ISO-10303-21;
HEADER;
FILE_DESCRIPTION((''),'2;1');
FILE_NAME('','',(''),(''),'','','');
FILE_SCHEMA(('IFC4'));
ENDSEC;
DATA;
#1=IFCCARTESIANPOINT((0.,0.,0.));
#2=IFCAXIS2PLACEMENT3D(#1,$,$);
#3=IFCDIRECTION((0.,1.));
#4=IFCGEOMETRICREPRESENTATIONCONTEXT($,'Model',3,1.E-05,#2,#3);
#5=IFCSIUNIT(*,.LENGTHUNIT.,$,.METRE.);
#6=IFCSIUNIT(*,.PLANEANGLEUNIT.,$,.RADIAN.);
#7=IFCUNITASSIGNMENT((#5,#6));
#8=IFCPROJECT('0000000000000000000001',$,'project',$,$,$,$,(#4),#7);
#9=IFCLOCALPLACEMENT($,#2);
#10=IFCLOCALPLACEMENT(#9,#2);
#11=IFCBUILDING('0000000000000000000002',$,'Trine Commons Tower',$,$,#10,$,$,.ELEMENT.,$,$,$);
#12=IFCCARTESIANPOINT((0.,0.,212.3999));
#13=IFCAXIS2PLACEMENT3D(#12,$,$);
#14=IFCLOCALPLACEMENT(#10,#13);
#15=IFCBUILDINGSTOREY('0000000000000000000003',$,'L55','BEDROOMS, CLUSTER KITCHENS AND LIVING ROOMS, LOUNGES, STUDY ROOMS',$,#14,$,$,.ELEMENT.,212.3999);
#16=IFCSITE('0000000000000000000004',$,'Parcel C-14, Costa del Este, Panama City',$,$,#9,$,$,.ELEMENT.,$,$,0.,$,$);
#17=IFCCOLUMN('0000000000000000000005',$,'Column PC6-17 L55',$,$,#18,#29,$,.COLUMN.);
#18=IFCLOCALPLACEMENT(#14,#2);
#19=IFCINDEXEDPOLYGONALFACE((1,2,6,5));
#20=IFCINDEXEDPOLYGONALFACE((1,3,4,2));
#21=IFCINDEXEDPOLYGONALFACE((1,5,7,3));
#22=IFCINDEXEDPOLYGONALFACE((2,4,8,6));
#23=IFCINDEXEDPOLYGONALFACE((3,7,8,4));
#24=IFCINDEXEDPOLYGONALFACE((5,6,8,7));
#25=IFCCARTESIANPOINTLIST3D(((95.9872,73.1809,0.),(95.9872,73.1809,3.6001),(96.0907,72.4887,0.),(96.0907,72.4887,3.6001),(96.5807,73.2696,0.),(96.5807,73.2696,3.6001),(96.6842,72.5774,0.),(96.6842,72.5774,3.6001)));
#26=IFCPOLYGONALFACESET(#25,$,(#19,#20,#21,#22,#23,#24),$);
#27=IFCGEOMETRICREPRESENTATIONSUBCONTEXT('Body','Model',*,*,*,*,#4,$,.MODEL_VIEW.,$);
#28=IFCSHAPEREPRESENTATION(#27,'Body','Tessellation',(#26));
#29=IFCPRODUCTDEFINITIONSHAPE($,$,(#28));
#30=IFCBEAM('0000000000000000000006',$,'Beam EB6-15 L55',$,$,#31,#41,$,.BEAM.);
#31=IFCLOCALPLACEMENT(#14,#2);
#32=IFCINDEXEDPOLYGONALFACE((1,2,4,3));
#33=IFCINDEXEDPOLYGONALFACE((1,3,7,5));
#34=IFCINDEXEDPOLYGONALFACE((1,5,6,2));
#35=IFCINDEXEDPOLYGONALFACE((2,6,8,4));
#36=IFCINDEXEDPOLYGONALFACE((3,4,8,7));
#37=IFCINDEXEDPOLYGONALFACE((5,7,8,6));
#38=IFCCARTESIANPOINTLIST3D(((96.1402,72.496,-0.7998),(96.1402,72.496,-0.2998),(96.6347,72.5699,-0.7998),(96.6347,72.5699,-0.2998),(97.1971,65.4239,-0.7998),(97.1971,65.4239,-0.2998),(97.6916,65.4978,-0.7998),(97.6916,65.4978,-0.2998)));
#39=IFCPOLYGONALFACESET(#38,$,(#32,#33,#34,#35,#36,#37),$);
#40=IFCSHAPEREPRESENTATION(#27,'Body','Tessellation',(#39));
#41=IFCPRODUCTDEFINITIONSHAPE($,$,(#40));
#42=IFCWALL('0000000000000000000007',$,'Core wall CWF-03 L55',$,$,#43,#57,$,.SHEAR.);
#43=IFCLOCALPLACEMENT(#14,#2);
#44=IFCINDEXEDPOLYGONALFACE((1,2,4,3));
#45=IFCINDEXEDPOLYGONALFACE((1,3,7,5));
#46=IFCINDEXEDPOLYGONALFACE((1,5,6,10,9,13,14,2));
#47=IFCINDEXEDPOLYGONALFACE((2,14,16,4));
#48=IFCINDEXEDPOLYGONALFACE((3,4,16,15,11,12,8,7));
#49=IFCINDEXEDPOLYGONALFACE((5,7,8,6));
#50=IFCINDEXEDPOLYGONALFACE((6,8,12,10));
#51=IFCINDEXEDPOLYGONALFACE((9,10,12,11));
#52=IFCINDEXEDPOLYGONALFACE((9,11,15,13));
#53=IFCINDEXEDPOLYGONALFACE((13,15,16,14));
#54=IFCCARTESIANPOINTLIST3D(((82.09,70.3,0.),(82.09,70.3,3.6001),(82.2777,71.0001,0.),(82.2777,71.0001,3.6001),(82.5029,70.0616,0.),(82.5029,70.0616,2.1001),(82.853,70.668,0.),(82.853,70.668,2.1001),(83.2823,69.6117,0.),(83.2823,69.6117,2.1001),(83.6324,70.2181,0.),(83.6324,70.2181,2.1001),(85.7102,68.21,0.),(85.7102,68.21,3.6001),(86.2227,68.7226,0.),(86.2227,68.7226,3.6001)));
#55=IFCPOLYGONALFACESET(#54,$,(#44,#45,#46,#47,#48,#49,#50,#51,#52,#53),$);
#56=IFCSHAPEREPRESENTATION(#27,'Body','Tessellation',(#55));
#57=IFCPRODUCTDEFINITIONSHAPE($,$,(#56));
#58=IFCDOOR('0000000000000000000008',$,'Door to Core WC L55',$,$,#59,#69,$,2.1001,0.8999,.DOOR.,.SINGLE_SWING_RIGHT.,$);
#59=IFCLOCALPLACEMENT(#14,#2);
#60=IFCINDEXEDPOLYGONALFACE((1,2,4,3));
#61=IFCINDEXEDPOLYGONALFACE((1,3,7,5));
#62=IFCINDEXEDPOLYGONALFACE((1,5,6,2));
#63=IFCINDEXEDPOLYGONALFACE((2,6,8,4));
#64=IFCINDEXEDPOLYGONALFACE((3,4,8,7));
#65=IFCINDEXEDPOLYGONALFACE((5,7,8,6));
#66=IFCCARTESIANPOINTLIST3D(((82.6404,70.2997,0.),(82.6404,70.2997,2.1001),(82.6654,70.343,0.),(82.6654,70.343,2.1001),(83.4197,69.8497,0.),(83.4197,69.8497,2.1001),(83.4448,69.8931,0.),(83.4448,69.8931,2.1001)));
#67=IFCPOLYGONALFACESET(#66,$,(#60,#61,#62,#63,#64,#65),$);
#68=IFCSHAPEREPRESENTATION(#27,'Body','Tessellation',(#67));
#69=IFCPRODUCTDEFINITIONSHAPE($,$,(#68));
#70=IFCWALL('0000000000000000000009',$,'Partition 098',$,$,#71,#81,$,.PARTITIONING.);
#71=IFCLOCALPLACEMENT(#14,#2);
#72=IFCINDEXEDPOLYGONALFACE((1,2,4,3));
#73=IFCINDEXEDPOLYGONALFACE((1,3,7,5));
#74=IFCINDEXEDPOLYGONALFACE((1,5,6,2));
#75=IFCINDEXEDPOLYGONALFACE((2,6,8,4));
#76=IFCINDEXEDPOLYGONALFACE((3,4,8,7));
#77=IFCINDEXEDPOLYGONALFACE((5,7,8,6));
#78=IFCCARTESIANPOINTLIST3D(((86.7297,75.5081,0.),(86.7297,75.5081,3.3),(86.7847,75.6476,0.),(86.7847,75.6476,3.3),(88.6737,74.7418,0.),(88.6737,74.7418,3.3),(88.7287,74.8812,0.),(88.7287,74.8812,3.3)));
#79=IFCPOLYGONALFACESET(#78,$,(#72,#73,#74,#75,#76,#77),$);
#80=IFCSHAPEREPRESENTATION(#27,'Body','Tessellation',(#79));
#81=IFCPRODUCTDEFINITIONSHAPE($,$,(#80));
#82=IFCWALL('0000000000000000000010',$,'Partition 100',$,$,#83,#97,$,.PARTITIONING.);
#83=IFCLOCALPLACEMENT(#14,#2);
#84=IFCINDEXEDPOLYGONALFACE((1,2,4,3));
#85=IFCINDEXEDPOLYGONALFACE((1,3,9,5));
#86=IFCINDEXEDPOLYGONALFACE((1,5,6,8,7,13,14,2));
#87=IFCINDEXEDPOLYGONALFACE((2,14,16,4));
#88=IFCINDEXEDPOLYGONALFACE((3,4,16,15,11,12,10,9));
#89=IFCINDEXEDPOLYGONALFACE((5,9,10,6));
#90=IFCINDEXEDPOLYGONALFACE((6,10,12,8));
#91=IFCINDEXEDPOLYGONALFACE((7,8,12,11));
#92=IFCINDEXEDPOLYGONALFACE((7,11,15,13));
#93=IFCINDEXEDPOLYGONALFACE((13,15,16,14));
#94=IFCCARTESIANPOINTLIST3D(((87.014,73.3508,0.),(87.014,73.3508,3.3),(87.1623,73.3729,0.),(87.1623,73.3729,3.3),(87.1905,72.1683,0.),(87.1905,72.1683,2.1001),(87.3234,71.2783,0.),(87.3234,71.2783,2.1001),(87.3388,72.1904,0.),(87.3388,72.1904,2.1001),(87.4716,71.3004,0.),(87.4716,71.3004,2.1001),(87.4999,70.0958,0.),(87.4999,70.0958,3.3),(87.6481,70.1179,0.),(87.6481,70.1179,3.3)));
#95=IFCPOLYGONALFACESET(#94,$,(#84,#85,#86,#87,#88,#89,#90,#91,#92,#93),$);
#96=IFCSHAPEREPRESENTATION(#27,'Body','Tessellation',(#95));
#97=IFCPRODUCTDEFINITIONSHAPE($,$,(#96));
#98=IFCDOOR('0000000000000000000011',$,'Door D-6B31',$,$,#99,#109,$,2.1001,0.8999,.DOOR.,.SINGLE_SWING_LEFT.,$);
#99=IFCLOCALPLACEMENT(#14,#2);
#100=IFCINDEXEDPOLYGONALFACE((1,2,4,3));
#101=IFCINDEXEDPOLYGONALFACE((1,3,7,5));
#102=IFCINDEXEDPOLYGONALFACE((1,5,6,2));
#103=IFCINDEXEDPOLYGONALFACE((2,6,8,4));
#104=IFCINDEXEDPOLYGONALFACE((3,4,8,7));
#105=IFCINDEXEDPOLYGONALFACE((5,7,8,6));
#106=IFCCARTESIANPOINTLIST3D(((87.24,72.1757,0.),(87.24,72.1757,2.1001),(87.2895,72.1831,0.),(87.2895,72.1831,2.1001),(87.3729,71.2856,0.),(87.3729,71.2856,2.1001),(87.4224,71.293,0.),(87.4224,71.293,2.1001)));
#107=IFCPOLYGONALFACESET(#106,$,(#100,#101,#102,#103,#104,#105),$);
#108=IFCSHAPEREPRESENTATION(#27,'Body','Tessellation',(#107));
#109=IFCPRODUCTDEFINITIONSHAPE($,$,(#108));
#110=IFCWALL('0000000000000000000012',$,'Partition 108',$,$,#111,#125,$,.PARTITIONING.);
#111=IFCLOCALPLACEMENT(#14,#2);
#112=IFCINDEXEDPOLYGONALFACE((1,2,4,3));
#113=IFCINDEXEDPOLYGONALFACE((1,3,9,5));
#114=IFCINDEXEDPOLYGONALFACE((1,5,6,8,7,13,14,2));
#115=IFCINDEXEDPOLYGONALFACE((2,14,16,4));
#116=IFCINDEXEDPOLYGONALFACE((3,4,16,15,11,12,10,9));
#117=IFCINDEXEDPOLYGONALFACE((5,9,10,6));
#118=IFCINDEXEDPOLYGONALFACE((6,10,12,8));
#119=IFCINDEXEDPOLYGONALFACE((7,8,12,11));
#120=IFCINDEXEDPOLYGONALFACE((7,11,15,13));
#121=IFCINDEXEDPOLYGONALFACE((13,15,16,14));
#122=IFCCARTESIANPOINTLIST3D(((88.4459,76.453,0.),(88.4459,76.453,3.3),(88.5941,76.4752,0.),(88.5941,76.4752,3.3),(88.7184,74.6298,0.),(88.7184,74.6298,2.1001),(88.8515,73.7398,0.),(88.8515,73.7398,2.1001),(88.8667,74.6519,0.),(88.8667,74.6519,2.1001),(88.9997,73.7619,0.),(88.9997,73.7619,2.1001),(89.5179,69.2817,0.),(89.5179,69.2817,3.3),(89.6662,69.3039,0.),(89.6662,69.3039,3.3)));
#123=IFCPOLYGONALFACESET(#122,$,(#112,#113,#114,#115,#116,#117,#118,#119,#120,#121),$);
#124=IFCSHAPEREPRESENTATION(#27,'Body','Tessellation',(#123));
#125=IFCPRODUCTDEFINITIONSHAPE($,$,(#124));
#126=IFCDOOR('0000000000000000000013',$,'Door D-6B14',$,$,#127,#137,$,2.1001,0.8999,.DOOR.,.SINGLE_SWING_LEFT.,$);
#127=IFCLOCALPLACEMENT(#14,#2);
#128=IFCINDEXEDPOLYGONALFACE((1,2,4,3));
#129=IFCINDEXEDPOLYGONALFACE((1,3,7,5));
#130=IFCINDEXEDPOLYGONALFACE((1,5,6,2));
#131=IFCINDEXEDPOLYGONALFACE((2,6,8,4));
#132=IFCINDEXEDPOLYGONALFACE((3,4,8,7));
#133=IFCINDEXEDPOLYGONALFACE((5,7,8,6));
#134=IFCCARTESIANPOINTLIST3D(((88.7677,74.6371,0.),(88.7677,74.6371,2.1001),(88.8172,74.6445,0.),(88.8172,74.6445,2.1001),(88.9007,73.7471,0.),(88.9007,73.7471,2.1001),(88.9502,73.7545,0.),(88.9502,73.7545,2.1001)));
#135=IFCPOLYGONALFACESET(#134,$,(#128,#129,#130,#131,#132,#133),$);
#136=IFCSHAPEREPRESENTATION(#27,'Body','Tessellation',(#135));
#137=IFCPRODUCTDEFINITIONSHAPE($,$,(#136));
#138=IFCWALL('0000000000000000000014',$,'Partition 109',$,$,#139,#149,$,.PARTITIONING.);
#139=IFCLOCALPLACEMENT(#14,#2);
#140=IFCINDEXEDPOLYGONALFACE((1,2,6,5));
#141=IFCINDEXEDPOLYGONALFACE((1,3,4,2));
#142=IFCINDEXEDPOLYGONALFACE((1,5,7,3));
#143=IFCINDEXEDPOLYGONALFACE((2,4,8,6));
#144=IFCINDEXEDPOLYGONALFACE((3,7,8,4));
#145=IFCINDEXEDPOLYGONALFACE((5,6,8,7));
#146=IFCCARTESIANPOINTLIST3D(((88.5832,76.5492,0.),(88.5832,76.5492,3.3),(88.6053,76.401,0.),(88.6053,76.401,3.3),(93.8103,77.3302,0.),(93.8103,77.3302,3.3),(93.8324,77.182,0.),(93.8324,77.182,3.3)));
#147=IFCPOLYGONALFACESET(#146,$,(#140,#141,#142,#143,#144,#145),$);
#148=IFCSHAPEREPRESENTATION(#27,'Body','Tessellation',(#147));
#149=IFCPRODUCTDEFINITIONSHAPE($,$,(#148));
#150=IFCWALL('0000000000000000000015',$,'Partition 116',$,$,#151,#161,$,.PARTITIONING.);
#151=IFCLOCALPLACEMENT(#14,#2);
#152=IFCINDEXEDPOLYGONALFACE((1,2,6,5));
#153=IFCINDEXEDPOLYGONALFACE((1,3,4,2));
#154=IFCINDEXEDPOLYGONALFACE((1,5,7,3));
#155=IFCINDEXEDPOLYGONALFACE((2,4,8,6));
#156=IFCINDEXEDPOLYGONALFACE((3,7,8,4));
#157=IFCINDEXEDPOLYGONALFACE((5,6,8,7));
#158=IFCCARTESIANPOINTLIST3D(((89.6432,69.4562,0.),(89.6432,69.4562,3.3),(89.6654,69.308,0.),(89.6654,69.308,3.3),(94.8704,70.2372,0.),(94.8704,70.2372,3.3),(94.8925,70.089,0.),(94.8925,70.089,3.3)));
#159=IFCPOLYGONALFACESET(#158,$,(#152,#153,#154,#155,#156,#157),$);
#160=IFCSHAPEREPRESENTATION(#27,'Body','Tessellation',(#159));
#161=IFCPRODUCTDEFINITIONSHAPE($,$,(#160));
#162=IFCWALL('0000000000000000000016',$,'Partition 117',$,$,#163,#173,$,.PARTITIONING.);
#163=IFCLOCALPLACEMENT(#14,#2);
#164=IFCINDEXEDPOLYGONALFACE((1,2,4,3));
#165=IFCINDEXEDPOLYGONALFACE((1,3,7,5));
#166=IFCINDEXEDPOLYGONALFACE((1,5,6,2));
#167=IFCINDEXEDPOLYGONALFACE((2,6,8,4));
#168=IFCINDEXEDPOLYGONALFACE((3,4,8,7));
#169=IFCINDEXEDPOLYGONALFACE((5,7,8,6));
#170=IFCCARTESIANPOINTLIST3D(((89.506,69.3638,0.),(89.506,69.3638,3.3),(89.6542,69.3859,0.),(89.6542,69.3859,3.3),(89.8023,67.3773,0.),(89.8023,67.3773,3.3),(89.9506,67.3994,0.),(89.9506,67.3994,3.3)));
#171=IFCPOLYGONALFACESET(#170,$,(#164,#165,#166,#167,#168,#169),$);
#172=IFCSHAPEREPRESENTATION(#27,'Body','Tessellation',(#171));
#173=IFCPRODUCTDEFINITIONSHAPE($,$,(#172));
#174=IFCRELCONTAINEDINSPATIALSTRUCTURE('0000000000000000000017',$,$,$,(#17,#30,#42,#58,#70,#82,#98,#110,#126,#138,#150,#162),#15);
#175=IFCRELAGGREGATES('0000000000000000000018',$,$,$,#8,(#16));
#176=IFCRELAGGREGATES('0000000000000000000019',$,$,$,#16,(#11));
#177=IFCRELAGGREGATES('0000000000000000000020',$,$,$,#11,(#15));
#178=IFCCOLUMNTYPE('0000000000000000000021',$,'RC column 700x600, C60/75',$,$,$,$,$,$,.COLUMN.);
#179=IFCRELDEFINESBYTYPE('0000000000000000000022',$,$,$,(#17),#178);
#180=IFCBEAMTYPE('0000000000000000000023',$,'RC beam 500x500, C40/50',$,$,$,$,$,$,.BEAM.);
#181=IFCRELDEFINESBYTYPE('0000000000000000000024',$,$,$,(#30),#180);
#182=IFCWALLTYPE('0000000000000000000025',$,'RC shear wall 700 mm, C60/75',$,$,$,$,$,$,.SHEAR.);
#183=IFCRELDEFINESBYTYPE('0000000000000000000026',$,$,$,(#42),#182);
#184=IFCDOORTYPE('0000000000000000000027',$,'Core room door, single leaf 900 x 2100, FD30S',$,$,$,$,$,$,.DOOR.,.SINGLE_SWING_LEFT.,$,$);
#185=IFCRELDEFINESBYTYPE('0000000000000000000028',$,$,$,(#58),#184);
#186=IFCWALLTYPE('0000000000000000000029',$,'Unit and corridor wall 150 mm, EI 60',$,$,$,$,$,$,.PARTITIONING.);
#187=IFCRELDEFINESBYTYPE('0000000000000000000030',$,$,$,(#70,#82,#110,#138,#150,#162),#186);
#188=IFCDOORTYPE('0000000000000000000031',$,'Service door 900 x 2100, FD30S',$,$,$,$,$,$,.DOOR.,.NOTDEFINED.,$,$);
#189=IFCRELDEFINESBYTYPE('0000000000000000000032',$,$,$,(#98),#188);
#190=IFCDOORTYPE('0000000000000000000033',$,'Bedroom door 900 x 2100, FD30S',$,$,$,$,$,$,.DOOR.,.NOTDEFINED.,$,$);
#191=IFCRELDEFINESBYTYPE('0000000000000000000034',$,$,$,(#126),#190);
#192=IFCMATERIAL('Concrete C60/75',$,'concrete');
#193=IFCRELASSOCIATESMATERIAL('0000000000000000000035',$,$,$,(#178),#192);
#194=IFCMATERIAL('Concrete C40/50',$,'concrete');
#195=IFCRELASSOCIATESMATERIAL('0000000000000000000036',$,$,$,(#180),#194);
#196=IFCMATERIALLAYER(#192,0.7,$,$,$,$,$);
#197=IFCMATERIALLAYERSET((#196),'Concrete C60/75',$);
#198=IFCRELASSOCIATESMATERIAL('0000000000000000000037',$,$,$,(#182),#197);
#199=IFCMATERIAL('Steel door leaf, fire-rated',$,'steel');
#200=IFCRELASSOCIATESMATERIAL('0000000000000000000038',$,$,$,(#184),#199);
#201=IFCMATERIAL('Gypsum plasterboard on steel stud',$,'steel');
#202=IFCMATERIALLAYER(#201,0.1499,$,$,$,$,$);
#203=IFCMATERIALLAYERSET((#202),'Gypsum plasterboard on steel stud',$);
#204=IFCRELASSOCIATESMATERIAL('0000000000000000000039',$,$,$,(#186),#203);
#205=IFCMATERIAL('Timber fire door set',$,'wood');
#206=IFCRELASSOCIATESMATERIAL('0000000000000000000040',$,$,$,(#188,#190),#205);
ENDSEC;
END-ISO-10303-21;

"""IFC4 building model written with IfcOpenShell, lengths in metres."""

from ifc_helpers import new_model, si_unit, direction, frame, frame_2d, origin, origin_2d, place, context, subcontext, project, spatial, polyline, rectangle, outline, extrude, material, layer, layer_set, material_profile, profile_set, type_object, element, fill, save


model = new_model("IFC4")

# Units and contexts
model_context = context("Model", 3, precision=1e-05, world=origin(), true_north=direction((0.0, 1.0)))
body_context = subcontext(model_context, "Body", "Model", "MODEL_VIEW")
ifc_project = project(units=[si_unit("LENGTHUNIT", "METRE"), si_unit("PLANEANGLEUNIT", "RADIAN")], contexts=[model_context])

# Site, building, storey
site_placement = place(None, origin())
site = spatial("IfcSite", under=ifc_project, at=site_placement, Name="Parcel C-14, Costa del Este, Panama City", CompositionType="ELEMENT", RefElevation=0.0)
building_placement = place(site_placement, origin())
building = spatial("IfcBuilding", under=site, at=building_placement, Name="Trine Commons Tower", CompositionType="ELEMENT")
storey_placement = place(building_placement, frame((0.0, 0.0, 212.3999)))
storey = spatial("IfcBuildingStorey", under=building, at=storey_placement, Name="L55", Description="BEDROOMS, CLUSTER KITCHENS AND LIVING ROOMS, LOUNGES, STUDY ROOMS", CompositionType="ELEMENT", Elevation=212.3999)

# Column
ifc_material_1 = material(Name="Concrete C60/75", Category="concrete")
ifc_material_profile_1 = material_profile(ifc_material_1, rectangle(XDim=0.7, YDim=0.6001, at=origin_2d()), Name="RC 700x600")
ifc_profile_set_1 = profile_set([ifc_material_profile_1], Name="Concrete C60/75")
column_type = type_object("IfcColumnType", Name="RC column 700x600, C60/75", PredefinedType="COLUMN", material=ifc_profile_set_1)
column_placement = place(storey_placement, frame((96.3357, 72.8792, 0.0), z_axis=(0.0, 0.0, 1.0), x_axis=(-0.147809, 0.989016, 0.0)))
element("IfcColumn", 1, at=column_placement, inside=storey, type_object=column_type, Name="Column PC6-17 L55", PredefinedType="COLUMN", context=body_context, shape_type="SweptSolid", body=[
    extrude(rectangle(XDim=0.7, YDim=0.6001, at=origin_2d()), origin(), (0.0, 0.0, 1.0), 3.6001),
])

# Beam
ifc_material_2 = material(Name="Concrete C40/50", Category="concrete")
ifc_material_profile_2 = material_profile(ifc_material_2, rectangle(XDim=0.5, YDim=0.5, at=origin_2d()), Name="RC 500x500")
ifc_profile_set_2 = profile_set([ifc_material_profile_2], Name="Concrete C40/50")
beam_type = type_object("IfcBeamType", Name="RC beam 500x500, C40/50", PredefinedType="BEAM", material=ifc_profile_set_2)
beam_placement = place(storey_placement, frame((96.3875, 72.533, -0.5498), z_axis=(0.147804, -0.989017, 0.0), x_axis=(0.989017, 0.147804, 0.0)))
element("IfcBeam", 2, at=beam_placement, inside=storey, type_object=beam_type, Name="Beam EB6-15 L55", PredefinedType="BEAM", context=body_context, shape_type="SweptSolid", body=[
    extrude(rectangle(XDim=0.5, YDim=0.5, at=origin_2d()), origin(), (0.0, 0.0, 1.0), 7.1506),
])

# Wall, opening, door
ifc_layer_1 = layer(ifc_material_1, 0.7)
ifc_layer_set_1 = layer_set([ifc_layer_1], Name="Concrete C60/75")
wall_type_1 = type_object("IfcWallType", Name="RC shear wall 700 mm, C60/75", PredefinedType="SHEAR", material=ifc_layer_set_1)
wall_1_placement = place(storey_placement, frame((86.0476, 68.4194, 0.0), z_axis=(0.0, 0.0, 1.0), x_axis=(-0.866035, 0.499984, 0.0)))
wall_1 = element("IfcWall", 3, at=wall_1_placement, inside=storey, type_object=wall_type_1, Name="Core wall CWF-03 L55", PredefinedType="SHEAR", context=body_context, shape_type="SweptSolid", body=[
    extrude(outline(polyline([(0.0, -0.3501), (4.5552, -0.3501), (4.3677, 0.3501), (0.1875, 0.3501), (0.0, -0.3501)])), origin(), (0.0, 0.0, 1.0), 3.6001),
])
opening_1_placement = place(wall_1_placement, frame((2.991, 0.0, 0.0)))
opening_1 = element("IfcOpeningElement", 4, at=opening_1_placement, cuts=wall_1, PredefinedType="OPENING", context=body_context, shape_type="SweptSolid", body=[
    extrude(rectangle(XDim=0.8999, YDim=2.1001, at=frame_2d((0.45, 1.05))), frame((0.0, 0.3599, 0.0), z_axis=(0.0, -1.0, 0.0), x_axis=(1.0, 0.0, 0.0)), (0.0, 0.0, 1.0), 0.72),
])
ifc_material_3 = material(Name="Steel door leaf, fire-rated", Category="steel")
door_type_1 = type_object("IfcDoorType", Name="Core room door, single leaf 900 x 2100, FD30S", OperationType="SINGLE_SWING_LEFT", PredefinedType="DOOR", material=ifc_material_3)
door_1_placement = place(opening_1_placement, origin())
door_1 = element("IfcDoor", 5, at=door_1_placement, inside=storey, type_object=door_type_1, Name="Door to Core WC L55", OperationType="SINGLE_SWING_RIGHT", OverallHeight=2.1001, OverallWidth=0.8999, PredefinedType="DOOR", context=body_context, shape_type="SweptSolid", body=[
    extrude(rectangle(XDim=0.8999, YDim=2.1001, at=frame_2d((0.45, 1.05))), frame((0.0, 0.0752, 0.0), z_axis=(0.0, -1.0, 0.0), x_axis=(1.0, 0.0, 0.0)), (0.0, 0.0, 1.0), 0.05),
])
fill(opening_1, door_1)

# Wall
ifc_material_4 = material(Name="Gypsum plasterboard on steel stud", Category="steel")
ifc_layer_2 = layer(ifc_material_4, 0.1499)
ifc_layer_set_2 = layer_set([ifc_layer_2], Name="Gypsum plasterboard on steel stud")
wall_type_2 = type_object("IfcWallType", Name="Unit and corridor wall 150 mm, EI 60", PredefinedType="PARTITIONING", material=ifc_layer_set_2)
wall_2_placement = place(storey_placement, frame((86.7571, 75.5779, 0.0), z_axis=(0.0, 0.0, 1.0), x_axis=(0.930326, -0.366733, 0.0)))
element("IfcWall", 6, at=wall_2_placement, inside=storey, type_object=wall_type_2, Name="Partition 098", PredefinedType="PARTITIONING", context=body_context, shape_type="SweptSolid", body=[
    extrude(rectangle(XDim=2.0896, YDim=0.1499, at=frame_2d((1.0449, 0.0))), origin(), (0.0, 0.0, 1.0), 3.3),
])

# Walls, openings, doors
wall_3_placement = place(storey_placement, frame((87.0881, 73.3618, 0.0), z_axis=(0.0, 0.0, 1.0), x_axis=(0.147629, -0.989043, 0.0)))
wall_3 = element("IfcWall", 7, at=wall_3_placement, inside=storey, type_object=wall_type_2, Name="Partition 100", PredefinedType="PARTITIONING", context=body_context, shape_type="SweptSolid", body=[
    extrude(rectangle(XDim=3.291, YDim=0.1499, at=frame_2d((1.6455, 0.0))), origin(), (0.0, 0.0, 1.0), 3.3),
])
opening_2_placement = place(wall_3_placement, frame((1.1956, 0.0, 0.0)))
opening_2 = element("IfcOpeningElement", 8, at=opening_2_placement, cuts=wall_3, PredefinedType="OPENING", context=body_context, shape_type="SweptSolid", body=[
    extrude(rectangle(XDim=0.8999, YDim=2.1001, at=frame_2d((0.45, 1.05))), frame((0.0, 0.085, 0.0), z_axis=(0.0, -1.0, 0.0), x_axis=(1.0, 0.0, 0.0)), (0.0, 0.0, 1.0), 0.1699),
])
ifc_material_5 = material(Name="Timber fire door set", Category="wood")
door_type_2 = type_object("IfcDoorType", Name="Service door 900 x 2100, FD30S", OperationType="NOTDEFINED", PredefinedType="DOOR", material=ifc_material_5)
door_2_placement = place(opening_2_placement, frame((0.8999, 0.0, 0.0), z_axis=(0.0, 0.0, 1.0), x_axis=(-1.0, 0.0, 0.0)))
door_2 = element("IfcDoor", 9, at=door_2_placement, inside=storey, type_object=door_type_2, Name="Door D-6B31", OperationType="SINGLE_SWING_LEFT", OverallHeight=2.1001, OverallWidth=0.8999, PredefinedType="DOOR", context=body_context, shape_type="SweptSolid", body=[
    extrude(rectangle(XDim=0.8999, YDim=2.1001, at=frame_2d((0.45, 1.05))), frame((0.0, 0.0249, 0.0), z_axis=(0.0, -1.0, 0.0), x_axis=(1.0, 0.0, 0.0)), (0.0, 0.0, 1.0), 0.05),
])
fill(opening_2, door_2)
wall_4_placement = place(storey_placement, frame((88.52, 76.4641, 0.0), z_axis=(0.0, 0.0, 1.0), x_axis=(0.147843, -0.989011, 0.0)))
wall_4 = element("IfcWall", 10, at=wall_4_placement, inside=storey, type_object=wall_type_2, Name="Partition 108", PredefinedType="PARTITIONING", context=body_context, shape_type="SweptSolid", body=[
    extrude(rectangle(XDim=7.251, YDim=0.1499, at=frame_2d((3.6255, 0.0))), origin(), (0.0, 0.0, 1.0), 3.3),
])
opening_3_placement = place(wall_4_placement, frame((1.8435, 0.0, 0.0)))
opening_3 = element("IfcOpeningElement", 11, at=opening_3_placement, cuts=wall_4, PredefinedType="OPENING", context=body_context, shape_type="SweptSolid", body=[
    extrude(rectangle(XDim=0.8999, YDim=2.1001, at=frame_2d((0.45, 1.05))), frame((0.0, 0.085, 0.0), z_axis=(0.0, -1.0, 0.0), x_axis=(1.0, 0.0, 0.0)), (0.0, 0.0, 1.0), 0.1699),
])
door_type_3 = type_object("IfcDoorType", Name="Bedroom door 900 x 2100, FD30S", OperationType="NOTDEFINED", PredefinedType="DOOR", material=ifc_material_5)
door_3_placement = place(opening_3_placement, origin())
door_3 = element("IfcDoor", 12, at=door_3_placement, inside=storey, type_object=door_type_3, Name="Door D-6B14", OperationType="SINGLE_SWING_LEFT", OverallHeight=2.1001, OverallWidth=0.8999, PredefinedType="DOOR", context=body_context, shape_type="SweptSolid", body=[
    extrude(rectangle(XDim=0.8999, YDim=2.1001, at=frame_2d((0.45, 1.05))), frame((0.0, 0.0249, 0.0), z_axis=(0.0, -1.0, 0.0), x_axis=(1.0, 0.0, 0.0)), (0.0, 0.0, 1.0), 0.05),
])
fill(opening_3, door_3)

# Walls
for number, where, z_axis, x_axis, name in (
    (13, (88.5942, 76.4751, 0.0), (0.0, 0.0, 1.0), (0.989021, 0.147776, 0.0), "Partition 109"),
    (14, (89.6543, 69.3821, 0.0), (0.0, 0.0, 1.0), (0.989021, 0.147776, 0.0), "Partition 116"),
):
    element("IfcWall", number, at=place(storey_placement, frame(where, z_axis=z_axis, x_axis=x_axis)), inside=storey, type_object=wall_type_2, Name=name, PredefinedType="PARTITIONING", context=body_context, shape_type="SweptSolid", body=[
        extrude(rectangle(XDim=5.2852, YDim=0.1499, at=frame_2d((2.6426, 0.0))), origin(), (0.0, 0.0, 1.0), 3.3),
    ])
wall_5_placement = place(storey_placement, frame((89.5801, 69.375, 0.0), z_axis=(0.0, 0.0, 1.0), x_axis=(0.147562, -0.989053, 0.0)))
element("IfcWall", 15, at=wall_5_placement, inside=storey, type_object=wall_type_2, Name="Partition 117", PredefinedType="PARTITIONING", context=body_context, shape_type="SweptSolid", body=[
    extrude(rectangle(XDim=2.0085, YDim=0.1499, at=frame_2d((1.0044, 0.0))), origin(), (0.0, 0.0, 1.0), 3.3),
])

save(model, "model.ifc")
